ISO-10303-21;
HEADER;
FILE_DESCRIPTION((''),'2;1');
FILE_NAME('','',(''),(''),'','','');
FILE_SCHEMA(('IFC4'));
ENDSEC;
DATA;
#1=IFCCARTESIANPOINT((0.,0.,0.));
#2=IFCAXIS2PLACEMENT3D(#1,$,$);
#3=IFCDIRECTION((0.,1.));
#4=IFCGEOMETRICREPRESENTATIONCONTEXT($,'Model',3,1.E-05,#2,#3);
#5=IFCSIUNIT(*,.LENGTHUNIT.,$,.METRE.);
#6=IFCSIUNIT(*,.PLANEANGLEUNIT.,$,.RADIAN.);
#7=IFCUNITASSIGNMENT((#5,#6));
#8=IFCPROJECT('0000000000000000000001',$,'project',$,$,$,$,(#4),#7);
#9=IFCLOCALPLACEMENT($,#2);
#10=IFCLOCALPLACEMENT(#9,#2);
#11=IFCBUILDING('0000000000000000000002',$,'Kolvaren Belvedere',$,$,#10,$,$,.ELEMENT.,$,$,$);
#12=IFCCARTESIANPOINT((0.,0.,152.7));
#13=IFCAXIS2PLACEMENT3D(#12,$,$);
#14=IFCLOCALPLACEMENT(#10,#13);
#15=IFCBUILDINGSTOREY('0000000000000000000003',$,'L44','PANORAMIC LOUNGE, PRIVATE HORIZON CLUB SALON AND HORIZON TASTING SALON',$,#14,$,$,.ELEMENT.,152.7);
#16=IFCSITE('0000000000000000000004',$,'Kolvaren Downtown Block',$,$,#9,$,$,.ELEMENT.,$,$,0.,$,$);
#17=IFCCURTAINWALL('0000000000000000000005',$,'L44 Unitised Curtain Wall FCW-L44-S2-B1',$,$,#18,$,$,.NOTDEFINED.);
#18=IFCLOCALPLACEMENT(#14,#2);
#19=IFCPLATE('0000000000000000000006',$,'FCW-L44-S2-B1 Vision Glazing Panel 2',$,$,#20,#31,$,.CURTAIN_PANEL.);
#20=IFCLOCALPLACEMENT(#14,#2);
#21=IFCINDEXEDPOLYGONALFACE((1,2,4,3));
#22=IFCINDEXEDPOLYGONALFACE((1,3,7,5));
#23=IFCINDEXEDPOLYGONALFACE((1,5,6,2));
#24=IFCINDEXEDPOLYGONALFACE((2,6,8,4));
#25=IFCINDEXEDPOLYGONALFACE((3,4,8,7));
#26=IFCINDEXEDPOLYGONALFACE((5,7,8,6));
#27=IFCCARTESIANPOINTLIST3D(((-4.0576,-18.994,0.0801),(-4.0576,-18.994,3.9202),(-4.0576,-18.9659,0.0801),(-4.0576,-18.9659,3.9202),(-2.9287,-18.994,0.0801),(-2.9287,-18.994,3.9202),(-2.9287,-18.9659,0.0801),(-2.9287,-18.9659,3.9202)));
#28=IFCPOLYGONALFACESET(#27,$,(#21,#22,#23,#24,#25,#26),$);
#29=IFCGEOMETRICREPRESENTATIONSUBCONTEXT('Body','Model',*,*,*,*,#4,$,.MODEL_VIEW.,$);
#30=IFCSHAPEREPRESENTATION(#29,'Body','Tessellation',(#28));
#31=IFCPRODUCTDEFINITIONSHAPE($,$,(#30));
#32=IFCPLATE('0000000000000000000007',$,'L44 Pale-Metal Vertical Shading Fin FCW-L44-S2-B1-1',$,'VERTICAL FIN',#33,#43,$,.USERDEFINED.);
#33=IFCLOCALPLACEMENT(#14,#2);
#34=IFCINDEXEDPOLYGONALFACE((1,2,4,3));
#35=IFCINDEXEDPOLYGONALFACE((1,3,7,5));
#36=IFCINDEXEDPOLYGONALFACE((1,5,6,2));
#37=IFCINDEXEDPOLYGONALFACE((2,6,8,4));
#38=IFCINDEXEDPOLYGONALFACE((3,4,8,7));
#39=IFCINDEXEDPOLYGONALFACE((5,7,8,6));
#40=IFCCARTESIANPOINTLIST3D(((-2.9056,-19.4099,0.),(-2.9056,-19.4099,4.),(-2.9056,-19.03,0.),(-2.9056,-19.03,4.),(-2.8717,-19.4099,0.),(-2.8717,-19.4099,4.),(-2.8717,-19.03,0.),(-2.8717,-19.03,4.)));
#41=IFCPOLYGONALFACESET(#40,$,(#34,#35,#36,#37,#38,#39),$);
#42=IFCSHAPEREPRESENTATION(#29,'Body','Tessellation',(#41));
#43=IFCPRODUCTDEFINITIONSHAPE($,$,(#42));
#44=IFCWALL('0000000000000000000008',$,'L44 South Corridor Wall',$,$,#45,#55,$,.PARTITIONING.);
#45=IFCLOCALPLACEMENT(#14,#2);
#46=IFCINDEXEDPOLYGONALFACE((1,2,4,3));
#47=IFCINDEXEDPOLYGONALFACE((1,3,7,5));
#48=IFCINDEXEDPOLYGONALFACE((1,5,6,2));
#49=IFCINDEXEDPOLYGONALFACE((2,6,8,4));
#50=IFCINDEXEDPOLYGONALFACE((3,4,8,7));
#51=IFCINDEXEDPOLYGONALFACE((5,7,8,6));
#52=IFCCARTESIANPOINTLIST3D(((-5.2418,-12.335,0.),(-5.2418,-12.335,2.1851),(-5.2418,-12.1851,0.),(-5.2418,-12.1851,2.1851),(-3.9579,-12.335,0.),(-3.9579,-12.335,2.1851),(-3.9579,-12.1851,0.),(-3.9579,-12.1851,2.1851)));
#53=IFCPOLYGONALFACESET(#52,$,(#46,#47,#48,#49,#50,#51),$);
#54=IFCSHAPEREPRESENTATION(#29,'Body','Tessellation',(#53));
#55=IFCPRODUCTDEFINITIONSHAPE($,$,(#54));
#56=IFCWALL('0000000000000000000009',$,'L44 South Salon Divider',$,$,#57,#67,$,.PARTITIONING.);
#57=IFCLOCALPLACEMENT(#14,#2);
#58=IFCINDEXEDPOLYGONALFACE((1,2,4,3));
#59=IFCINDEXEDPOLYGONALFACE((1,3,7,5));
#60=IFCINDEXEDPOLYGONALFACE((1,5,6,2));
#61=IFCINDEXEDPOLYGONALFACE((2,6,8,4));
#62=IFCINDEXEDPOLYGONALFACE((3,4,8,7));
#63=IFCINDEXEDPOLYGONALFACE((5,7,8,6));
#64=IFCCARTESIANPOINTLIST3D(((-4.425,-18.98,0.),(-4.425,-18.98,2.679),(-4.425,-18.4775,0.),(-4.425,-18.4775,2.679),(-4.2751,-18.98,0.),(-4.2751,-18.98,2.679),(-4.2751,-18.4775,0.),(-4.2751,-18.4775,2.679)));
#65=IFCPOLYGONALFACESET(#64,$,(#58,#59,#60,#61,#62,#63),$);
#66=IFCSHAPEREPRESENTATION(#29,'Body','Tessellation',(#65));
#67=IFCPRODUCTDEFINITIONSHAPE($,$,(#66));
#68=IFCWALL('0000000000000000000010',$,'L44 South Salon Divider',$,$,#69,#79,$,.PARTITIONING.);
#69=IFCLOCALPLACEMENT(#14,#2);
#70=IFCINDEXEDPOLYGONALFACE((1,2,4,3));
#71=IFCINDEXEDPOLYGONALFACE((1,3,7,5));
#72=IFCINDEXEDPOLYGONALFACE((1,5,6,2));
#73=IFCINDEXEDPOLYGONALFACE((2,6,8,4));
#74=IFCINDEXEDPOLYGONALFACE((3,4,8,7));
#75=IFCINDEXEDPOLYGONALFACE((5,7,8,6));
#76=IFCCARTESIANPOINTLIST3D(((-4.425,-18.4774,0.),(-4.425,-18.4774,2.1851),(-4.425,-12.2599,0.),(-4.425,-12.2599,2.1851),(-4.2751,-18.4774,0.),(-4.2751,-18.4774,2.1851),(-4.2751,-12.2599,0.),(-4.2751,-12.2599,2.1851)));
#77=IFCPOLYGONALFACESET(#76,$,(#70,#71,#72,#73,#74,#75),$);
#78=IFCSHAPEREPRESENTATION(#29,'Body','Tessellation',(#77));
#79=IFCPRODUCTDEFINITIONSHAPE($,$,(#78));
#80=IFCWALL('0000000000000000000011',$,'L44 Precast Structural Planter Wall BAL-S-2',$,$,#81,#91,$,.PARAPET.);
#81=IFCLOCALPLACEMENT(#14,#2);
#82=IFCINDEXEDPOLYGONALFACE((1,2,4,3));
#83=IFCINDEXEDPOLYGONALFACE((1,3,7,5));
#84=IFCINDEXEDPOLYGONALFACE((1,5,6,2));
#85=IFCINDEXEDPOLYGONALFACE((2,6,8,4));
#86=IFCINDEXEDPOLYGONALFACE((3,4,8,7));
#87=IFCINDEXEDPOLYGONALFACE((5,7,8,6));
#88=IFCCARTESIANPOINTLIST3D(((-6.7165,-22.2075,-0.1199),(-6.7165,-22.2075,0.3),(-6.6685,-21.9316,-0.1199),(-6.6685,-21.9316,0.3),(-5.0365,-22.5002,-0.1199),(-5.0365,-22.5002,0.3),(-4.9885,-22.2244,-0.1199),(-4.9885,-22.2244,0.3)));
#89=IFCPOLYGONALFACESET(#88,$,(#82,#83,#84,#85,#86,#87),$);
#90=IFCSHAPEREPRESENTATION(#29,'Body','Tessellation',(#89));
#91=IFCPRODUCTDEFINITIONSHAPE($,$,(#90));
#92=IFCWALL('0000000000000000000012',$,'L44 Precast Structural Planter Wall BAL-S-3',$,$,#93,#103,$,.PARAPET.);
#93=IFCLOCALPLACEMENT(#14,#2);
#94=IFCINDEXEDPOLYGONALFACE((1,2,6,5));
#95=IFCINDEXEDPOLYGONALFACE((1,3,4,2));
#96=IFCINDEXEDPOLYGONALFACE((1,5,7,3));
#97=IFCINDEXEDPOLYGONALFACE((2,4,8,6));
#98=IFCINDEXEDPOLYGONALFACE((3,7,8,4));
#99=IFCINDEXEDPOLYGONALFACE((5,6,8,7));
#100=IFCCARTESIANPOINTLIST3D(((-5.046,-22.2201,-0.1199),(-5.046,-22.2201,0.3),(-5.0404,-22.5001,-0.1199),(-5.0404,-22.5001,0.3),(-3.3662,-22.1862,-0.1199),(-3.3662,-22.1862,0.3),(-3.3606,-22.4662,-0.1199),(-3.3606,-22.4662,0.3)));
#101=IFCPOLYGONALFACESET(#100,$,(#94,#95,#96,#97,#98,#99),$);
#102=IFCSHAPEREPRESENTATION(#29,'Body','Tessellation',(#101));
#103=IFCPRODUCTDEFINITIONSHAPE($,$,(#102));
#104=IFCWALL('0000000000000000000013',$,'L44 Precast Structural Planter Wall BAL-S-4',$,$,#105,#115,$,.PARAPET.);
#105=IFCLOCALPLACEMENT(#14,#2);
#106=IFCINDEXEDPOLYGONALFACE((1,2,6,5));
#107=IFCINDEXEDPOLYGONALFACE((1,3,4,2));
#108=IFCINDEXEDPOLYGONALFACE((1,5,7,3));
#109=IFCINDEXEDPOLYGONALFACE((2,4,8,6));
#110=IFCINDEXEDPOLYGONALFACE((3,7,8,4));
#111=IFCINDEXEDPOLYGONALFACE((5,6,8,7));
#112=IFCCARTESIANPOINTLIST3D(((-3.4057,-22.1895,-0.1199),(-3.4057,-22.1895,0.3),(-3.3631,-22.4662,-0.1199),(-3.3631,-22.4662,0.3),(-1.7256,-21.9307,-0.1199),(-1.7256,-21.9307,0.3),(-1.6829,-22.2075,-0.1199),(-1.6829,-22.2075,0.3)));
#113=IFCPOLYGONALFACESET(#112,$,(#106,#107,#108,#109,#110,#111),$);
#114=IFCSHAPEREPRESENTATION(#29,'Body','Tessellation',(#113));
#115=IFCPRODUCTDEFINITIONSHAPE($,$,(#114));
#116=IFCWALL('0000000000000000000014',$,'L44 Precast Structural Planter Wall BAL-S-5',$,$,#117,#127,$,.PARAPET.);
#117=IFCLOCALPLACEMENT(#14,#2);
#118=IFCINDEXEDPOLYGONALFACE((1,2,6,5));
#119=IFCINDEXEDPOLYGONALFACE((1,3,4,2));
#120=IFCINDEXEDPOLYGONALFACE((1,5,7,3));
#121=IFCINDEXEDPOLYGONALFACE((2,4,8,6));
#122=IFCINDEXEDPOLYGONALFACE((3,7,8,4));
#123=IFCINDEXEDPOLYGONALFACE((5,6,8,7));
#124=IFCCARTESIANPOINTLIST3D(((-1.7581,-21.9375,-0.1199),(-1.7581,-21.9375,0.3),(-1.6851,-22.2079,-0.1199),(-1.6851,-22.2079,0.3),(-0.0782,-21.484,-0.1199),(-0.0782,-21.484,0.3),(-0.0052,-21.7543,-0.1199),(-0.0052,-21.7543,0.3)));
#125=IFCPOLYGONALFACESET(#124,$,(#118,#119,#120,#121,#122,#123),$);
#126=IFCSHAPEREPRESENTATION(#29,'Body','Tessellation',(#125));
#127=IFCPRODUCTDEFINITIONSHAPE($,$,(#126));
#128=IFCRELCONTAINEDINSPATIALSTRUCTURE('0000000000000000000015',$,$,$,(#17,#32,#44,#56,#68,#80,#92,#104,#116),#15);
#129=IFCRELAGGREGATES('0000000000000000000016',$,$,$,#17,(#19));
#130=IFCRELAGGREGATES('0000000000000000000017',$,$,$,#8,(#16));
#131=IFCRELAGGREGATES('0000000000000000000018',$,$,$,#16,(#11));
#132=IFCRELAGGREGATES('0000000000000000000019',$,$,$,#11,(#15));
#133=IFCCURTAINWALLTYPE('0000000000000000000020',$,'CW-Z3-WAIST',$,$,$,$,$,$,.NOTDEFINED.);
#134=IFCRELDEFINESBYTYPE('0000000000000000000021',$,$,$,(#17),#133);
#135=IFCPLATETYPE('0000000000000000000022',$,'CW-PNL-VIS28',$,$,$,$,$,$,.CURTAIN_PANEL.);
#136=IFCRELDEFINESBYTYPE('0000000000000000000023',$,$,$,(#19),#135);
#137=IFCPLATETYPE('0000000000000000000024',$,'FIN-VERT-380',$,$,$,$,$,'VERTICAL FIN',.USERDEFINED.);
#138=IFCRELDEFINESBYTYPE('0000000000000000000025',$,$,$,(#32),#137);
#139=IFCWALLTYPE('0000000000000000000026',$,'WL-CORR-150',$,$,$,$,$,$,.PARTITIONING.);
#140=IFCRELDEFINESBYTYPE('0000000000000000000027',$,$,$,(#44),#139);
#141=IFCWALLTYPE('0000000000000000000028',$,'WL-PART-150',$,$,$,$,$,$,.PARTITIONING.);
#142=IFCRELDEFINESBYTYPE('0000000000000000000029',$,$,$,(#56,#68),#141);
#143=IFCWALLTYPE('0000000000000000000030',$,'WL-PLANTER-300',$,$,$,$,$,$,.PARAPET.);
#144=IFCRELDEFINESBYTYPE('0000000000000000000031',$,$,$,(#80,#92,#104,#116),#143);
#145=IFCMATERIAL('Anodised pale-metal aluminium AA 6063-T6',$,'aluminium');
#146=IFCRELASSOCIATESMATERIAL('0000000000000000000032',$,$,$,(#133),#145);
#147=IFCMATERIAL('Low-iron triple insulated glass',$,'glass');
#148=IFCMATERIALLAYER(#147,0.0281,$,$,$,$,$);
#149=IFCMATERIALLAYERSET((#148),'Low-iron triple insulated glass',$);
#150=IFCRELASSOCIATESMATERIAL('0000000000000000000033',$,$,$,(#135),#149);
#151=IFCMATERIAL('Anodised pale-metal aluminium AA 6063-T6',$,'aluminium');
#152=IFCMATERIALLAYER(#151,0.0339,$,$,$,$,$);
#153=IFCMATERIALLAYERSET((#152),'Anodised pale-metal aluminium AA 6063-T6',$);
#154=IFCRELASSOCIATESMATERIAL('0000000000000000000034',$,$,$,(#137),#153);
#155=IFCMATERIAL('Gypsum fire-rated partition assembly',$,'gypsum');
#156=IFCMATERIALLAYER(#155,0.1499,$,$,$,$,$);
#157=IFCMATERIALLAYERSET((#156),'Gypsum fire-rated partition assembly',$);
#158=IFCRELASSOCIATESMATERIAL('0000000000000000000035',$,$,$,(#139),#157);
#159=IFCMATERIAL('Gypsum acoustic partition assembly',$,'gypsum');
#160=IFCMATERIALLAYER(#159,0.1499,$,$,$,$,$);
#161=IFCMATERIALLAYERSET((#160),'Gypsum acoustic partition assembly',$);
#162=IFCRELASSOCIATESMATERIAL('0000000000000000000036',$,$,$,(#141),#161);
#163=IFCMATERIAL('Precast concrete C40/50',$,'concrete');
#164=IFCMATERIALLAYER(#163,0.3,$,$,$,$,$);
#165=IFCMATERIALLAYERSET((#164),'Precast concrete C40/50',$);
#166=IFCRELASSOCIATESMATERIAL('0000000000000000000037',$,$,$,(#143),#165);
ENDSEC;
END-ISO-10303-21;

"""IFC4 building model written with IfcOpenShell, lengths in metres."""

from ifc_helpers import new_model, si_unit, direction, frame, frame_2d, origin, origin_2d, place, context, subcontext, project, spatial, rectangle, extrude, material, layer, layer_set, type_object, element, aggregate, save


model = new_model("IFC4")

# Units and contexts
model_context = context("Model", 3, precision=1e-05, world=origin(), true_north=direction((0.0, 1.0)))
body_context = subcontext(model_context, "Body", "Model", "MODEL_VIEW")
ifc_project = project(units=[si_unit("LENGTHUNIT", "METRE"), si_unit("PLANEANGLEUNIT", "RADIAN")], contexts=[model_context])

# Site, building, storey
site_placement = place(None, origin())
site = spatial("IfcSite", under=ifc_project, at=site_placement, Name="Kolvaren Downtown Block", CompositionType="ELEMENT", RefElevation=0.0)
building_placement = place(site_placement, origin())
building = spatial("IfcBuilding", under=site, at=building_placement, Name="Kolvaren Belvedere", CompositionType="ELEMENT")
storey_placement = place(building_placement, frame((0.0, 0.0, 152.7)))
storey = spatial("IfcBuildingStorey", under=building, at=storey_placement, Name="L44", Description="PANORAMIC LOUNGE, PRIVATE HORIZON CLUB SALON AND HORIZON TASTING SALON", CompositionType="ELEMENT", Elevation=152.7)

# Curtain wall
ifc_material_1 = material(Name="Anodised pale-metal aluminium AA 6063-T6", Category="aluminium")
curtain_wall_type = type_object("IfcCurtainWallType", Name="CW-Z3-WAIST", PredefinedType="NOTDEFINED", material=ifc_material_1)
curtain_wall_1_placement = place(storey_placement, origin())
curtain_wall_1 = element("IfcCurtainWall", 1, at=curtain_wall_1_placement, inside=storey, type_object=curtain_wall_type, Name="L44 Unitised Curtain Wall FCW-L44-S2-B1", PredefinedType="NOTDEFINED")

# Plates
ifc_material_2 = material(Name="Low-iron triple insulated glass", Category="glass")
ifc_layer_1 = layer(ifc_material_2, 0.0281)
ifc_layer_set_1 = layer_set([ifc_layer_1], Name="Low-iron triple insulated glass")
plate_type_1 = type_object("IfcPlateType", Name="CW-PNL-VIS28", PredefinedType="CURTAIN_PANEL", material=ifc_layer_set_1)
plate_1_placement = place(storey_placement, frame((-3.4932, -18.98, 0.0801), z_axis=(0.0, 0.0, 1.0), x_axis=(-1.0, 0.0, 0.0)))
plate_1 = element("IfcPlate", 2, at=plate_1_placement, type_object=plate_type_1, Name="FCW-L44-S2-B1 Vision Glazing Panel 2", PredefinedType="CURTAIN_PANEL", context=body_context, shape_type="SweptSolid", body=[
    extrude(rectangle(XDim=1.1289, YDim=0.0281, at=origin_2d()), origin(), (0.0, 0.0, 1.0), 3.8401),
])
aggregate(curtain_wall_1, [plate_1])
ifc_material_3 = material(Name="Anodised pale-metal aluminium AA 6063-T6", Category="aluminium")
ifc_layer_2 = layer(ifc_material_3, 0.0339)
ifc_layer_set_2 = layer_set([ifc_layer_2], Name="Anodised pale-metal aluminium AA 6063-T6")
plate_type_2 = type_object("IfcPlateType", Name="FIN-VERT-380", ElementType="VERTICAL FIN", PredefinedType="USERDEFINED", material=ifc_layer_set_2)
plate_2_placement = place(storey_placement, frame((-2.8887, -19.22, 0.0), z_axis=(0.0, 0.0, 1.0), x_axis=(0.0, 1.0, 0.0)))
element("IfcPlate", 3, at=plate_2_placement, inside=storey, type_object=plate_type_2, Name="L44 Pale-Metal Vertical Shading Fin FCW-L44-S2-B1-1", ObjectType="VERTICAL FIN", PredefinedType="USERDEFINED", context=body_context, shape_type="SweptSolid", body=[
    extrude(rectangle(XDim=0.3799, YDim=0.0339, at=origin_2d()), origin(), (0.0, 0.0, 1.0), 4.0),
])

# Walls
ifc_material_4 = material(Name="Gypsum fire-rated partition assembly", Category="gypsum")
ifc_layer_3 = layer(ifc_material_4, 0.1499)
ifc_layer_set_3 = layer_set([ifc_layer_3], Name="Gypsum fire-rated partition assembly")
wall_type_1 = type_object("IfcWallType", Name="WL-CORR-150", PredefinedType="PARTITIONING", material=ifc_layer_set_3)
wall_1_placement = place(storey_placement, frame((-5.2419, -12.26, 0.0), z_axis=(0.0, 0.0, 1.0), x_axis=(1.0, 0.0, 0.0)))
element("IfcWall", 4, at=wall_1_placement, inside=storey, type_object=wall_type_1, Name="L44 South Corridor Wall", PredefinedType="PARTITIONING", context=body_context, shape_type="SweptSolid", body=[
    extrude(rectangle(XDim=1.2839, YDim=0.1499, at=frame_2d((0.6421, 0.0))), origin(), (0.0, 0.0, 1.0), 2.1851),
])
ifc_material_5 = material(Name="Gypsum acoustic partition assembly", Category="gypsum")
ifc_layer_4 = layer(ifc_material_5, 0.1499)
ifc_layer_set_4 = layer_set([ifc_layer_4], Name="Gypsum acoustic partition assembly")
wall_type_2 = type_object("IfcWallType", Name="WL-PART-150", PredefinedType="PARTITIONING", material=ifc_layer_set_4)
wall_2_placement = place(storey_placement, frame((-4.3501, -18.98, 0.0), z_axis=(0.0, 0.0, 1.0), x_axis=(0.0, 1.0, 0.0)))
element("IfcWall", 5, at=wall_2_placement, inside=storey, type_object=wall_type_2, Name="L44 South Salon Divider", PredefinedType="PARTITIONING", context=body_context, shape_type="SweptSolid", body=[
    extrude(rectangle(XDim=0.5024, YDim=0.1499, at=frame_2d((0.2512, 0.0))), origin(), (0.0, 0.0, 1.0), 2.679),
])
wall_3_placement = place(storey_placement, frame((-4.3501, -18.4775, 0.0), z_axis=(0.0, 0.0, 1.0), x_axis=(0.0, 1.0, 0.0)))
element("IfcWall", 6, at=wall_3_placement, inside=storey, type_object=wall_type_2, Name="L44 South Salon Divider", PredefinedType="PARTITIONING", context=body_context, shape_type="SweptSolid", body=[
    extrude(rectangle(XDim=6.2175, YDim=0.1499, at=frame_2d((3.1089, 0.0))), origin(), (0.0, 0.0, 1.0), 2.1851),
])
ifc_material_6 = material(Name="Precast concrete C40/50", Category="concrete")
ifc_layer_5 = layer(ifc_material_6, 0.3)
ifc_layer_set_5 = layer_set([ifc_layer_5], Name="Precast concrete C40/50")
wall_type_3 = type_object("IfcWallType", Name="WL-PLANTER-300", PredefinedType="PARAPET", material=ifc_layer_set_5)
wall_4_placement = place(storey_placement, frame((-6.6924, -22.0696, -0.1199), z_axis=(0.0, 0.0, 1.0), x_axis=(0.985156, -0.171661, 0.0)))
element("IfcWall", 7, at=wall_4_placement, inside=storey, type_object=wall_type_3, Name="L44 Precast Structural Planter Wall BAL-S-2", PredefinedType="PARAPET", context=body_context, shape_type="SweptSolid", body=[
    extrude(rectangle(XDim=1.7053, YDim=0.28, at=frame_2d((0.8525, 0.0))), origin(), (0.0, 0.0, 1.0), 0.4199),
])
wall_5_placement = place(storey_placement, frame((-5.0432, -22.3601, -0.1199), z_axis=(0.0, 0.0, 1.0), x_axis=(0.999796, 0.020196, 0.0)))
element("IfcWall", 8, at=wall_5_placement, inside=storey, type_object=wall_type_3, Name="L44 Precast Structural Planter Wall BAL-S-3", PredefinedType="PARAPET", context=body_context, shape_type="SweptSolid", body=[
    extrude(rectangle(XDim=1.6802, YDim=0.28, at=frame_2d((0.8401, 0.0))), origin(), (0.0, 0.0, 1.0), 0.4199),
])
wall_6_placement = place(storey_placement, frame((-3.3845, -22.3279, -0.1199), z_axis=(0.0, 0.0, 1.0), x_axis=(0.988345, 0.15223, 0.0)))
element("IfcWall", 9, at=wall_6_placement, inside=storey, type_object=wall_type_3, Name="L44 Precast Structural Planter Wall BAL-S-4", PredefinedType="PARAPET", context=body_context, shape_type="SweptSolid", body=[
    extrude(rectangle(XDim=1.7, YDim=0.28, at=frame_2d((0.8501, 0.0))), origin(), (0.0, 0.0, 1.0), 0.4199),
])
wall_7_placement = place(storey_placement, frame((-1.7217, -22.0728, -0.1199), z_axis=(0.0, 0.0, 1.0), x_axis=(0.965424, 0.260683, 0.0)))
element("IfcWall", 10, at=wall_7_placement, inside=storey, type_object=wall_type_3, Name="L44 Precast Structural Planter Wall BAL-S-5", PredefinedType="PARAPET", context=body_context, shape_type="SweptSolid", body=[
    extrude(rectangle(XDim=1.74, YDim=0.28, at=frame_2d((0.8701, 0.0))), origin(), (0.0, 0.0, 1.0), 0.4199),
])

save(model, "model.ifc")
